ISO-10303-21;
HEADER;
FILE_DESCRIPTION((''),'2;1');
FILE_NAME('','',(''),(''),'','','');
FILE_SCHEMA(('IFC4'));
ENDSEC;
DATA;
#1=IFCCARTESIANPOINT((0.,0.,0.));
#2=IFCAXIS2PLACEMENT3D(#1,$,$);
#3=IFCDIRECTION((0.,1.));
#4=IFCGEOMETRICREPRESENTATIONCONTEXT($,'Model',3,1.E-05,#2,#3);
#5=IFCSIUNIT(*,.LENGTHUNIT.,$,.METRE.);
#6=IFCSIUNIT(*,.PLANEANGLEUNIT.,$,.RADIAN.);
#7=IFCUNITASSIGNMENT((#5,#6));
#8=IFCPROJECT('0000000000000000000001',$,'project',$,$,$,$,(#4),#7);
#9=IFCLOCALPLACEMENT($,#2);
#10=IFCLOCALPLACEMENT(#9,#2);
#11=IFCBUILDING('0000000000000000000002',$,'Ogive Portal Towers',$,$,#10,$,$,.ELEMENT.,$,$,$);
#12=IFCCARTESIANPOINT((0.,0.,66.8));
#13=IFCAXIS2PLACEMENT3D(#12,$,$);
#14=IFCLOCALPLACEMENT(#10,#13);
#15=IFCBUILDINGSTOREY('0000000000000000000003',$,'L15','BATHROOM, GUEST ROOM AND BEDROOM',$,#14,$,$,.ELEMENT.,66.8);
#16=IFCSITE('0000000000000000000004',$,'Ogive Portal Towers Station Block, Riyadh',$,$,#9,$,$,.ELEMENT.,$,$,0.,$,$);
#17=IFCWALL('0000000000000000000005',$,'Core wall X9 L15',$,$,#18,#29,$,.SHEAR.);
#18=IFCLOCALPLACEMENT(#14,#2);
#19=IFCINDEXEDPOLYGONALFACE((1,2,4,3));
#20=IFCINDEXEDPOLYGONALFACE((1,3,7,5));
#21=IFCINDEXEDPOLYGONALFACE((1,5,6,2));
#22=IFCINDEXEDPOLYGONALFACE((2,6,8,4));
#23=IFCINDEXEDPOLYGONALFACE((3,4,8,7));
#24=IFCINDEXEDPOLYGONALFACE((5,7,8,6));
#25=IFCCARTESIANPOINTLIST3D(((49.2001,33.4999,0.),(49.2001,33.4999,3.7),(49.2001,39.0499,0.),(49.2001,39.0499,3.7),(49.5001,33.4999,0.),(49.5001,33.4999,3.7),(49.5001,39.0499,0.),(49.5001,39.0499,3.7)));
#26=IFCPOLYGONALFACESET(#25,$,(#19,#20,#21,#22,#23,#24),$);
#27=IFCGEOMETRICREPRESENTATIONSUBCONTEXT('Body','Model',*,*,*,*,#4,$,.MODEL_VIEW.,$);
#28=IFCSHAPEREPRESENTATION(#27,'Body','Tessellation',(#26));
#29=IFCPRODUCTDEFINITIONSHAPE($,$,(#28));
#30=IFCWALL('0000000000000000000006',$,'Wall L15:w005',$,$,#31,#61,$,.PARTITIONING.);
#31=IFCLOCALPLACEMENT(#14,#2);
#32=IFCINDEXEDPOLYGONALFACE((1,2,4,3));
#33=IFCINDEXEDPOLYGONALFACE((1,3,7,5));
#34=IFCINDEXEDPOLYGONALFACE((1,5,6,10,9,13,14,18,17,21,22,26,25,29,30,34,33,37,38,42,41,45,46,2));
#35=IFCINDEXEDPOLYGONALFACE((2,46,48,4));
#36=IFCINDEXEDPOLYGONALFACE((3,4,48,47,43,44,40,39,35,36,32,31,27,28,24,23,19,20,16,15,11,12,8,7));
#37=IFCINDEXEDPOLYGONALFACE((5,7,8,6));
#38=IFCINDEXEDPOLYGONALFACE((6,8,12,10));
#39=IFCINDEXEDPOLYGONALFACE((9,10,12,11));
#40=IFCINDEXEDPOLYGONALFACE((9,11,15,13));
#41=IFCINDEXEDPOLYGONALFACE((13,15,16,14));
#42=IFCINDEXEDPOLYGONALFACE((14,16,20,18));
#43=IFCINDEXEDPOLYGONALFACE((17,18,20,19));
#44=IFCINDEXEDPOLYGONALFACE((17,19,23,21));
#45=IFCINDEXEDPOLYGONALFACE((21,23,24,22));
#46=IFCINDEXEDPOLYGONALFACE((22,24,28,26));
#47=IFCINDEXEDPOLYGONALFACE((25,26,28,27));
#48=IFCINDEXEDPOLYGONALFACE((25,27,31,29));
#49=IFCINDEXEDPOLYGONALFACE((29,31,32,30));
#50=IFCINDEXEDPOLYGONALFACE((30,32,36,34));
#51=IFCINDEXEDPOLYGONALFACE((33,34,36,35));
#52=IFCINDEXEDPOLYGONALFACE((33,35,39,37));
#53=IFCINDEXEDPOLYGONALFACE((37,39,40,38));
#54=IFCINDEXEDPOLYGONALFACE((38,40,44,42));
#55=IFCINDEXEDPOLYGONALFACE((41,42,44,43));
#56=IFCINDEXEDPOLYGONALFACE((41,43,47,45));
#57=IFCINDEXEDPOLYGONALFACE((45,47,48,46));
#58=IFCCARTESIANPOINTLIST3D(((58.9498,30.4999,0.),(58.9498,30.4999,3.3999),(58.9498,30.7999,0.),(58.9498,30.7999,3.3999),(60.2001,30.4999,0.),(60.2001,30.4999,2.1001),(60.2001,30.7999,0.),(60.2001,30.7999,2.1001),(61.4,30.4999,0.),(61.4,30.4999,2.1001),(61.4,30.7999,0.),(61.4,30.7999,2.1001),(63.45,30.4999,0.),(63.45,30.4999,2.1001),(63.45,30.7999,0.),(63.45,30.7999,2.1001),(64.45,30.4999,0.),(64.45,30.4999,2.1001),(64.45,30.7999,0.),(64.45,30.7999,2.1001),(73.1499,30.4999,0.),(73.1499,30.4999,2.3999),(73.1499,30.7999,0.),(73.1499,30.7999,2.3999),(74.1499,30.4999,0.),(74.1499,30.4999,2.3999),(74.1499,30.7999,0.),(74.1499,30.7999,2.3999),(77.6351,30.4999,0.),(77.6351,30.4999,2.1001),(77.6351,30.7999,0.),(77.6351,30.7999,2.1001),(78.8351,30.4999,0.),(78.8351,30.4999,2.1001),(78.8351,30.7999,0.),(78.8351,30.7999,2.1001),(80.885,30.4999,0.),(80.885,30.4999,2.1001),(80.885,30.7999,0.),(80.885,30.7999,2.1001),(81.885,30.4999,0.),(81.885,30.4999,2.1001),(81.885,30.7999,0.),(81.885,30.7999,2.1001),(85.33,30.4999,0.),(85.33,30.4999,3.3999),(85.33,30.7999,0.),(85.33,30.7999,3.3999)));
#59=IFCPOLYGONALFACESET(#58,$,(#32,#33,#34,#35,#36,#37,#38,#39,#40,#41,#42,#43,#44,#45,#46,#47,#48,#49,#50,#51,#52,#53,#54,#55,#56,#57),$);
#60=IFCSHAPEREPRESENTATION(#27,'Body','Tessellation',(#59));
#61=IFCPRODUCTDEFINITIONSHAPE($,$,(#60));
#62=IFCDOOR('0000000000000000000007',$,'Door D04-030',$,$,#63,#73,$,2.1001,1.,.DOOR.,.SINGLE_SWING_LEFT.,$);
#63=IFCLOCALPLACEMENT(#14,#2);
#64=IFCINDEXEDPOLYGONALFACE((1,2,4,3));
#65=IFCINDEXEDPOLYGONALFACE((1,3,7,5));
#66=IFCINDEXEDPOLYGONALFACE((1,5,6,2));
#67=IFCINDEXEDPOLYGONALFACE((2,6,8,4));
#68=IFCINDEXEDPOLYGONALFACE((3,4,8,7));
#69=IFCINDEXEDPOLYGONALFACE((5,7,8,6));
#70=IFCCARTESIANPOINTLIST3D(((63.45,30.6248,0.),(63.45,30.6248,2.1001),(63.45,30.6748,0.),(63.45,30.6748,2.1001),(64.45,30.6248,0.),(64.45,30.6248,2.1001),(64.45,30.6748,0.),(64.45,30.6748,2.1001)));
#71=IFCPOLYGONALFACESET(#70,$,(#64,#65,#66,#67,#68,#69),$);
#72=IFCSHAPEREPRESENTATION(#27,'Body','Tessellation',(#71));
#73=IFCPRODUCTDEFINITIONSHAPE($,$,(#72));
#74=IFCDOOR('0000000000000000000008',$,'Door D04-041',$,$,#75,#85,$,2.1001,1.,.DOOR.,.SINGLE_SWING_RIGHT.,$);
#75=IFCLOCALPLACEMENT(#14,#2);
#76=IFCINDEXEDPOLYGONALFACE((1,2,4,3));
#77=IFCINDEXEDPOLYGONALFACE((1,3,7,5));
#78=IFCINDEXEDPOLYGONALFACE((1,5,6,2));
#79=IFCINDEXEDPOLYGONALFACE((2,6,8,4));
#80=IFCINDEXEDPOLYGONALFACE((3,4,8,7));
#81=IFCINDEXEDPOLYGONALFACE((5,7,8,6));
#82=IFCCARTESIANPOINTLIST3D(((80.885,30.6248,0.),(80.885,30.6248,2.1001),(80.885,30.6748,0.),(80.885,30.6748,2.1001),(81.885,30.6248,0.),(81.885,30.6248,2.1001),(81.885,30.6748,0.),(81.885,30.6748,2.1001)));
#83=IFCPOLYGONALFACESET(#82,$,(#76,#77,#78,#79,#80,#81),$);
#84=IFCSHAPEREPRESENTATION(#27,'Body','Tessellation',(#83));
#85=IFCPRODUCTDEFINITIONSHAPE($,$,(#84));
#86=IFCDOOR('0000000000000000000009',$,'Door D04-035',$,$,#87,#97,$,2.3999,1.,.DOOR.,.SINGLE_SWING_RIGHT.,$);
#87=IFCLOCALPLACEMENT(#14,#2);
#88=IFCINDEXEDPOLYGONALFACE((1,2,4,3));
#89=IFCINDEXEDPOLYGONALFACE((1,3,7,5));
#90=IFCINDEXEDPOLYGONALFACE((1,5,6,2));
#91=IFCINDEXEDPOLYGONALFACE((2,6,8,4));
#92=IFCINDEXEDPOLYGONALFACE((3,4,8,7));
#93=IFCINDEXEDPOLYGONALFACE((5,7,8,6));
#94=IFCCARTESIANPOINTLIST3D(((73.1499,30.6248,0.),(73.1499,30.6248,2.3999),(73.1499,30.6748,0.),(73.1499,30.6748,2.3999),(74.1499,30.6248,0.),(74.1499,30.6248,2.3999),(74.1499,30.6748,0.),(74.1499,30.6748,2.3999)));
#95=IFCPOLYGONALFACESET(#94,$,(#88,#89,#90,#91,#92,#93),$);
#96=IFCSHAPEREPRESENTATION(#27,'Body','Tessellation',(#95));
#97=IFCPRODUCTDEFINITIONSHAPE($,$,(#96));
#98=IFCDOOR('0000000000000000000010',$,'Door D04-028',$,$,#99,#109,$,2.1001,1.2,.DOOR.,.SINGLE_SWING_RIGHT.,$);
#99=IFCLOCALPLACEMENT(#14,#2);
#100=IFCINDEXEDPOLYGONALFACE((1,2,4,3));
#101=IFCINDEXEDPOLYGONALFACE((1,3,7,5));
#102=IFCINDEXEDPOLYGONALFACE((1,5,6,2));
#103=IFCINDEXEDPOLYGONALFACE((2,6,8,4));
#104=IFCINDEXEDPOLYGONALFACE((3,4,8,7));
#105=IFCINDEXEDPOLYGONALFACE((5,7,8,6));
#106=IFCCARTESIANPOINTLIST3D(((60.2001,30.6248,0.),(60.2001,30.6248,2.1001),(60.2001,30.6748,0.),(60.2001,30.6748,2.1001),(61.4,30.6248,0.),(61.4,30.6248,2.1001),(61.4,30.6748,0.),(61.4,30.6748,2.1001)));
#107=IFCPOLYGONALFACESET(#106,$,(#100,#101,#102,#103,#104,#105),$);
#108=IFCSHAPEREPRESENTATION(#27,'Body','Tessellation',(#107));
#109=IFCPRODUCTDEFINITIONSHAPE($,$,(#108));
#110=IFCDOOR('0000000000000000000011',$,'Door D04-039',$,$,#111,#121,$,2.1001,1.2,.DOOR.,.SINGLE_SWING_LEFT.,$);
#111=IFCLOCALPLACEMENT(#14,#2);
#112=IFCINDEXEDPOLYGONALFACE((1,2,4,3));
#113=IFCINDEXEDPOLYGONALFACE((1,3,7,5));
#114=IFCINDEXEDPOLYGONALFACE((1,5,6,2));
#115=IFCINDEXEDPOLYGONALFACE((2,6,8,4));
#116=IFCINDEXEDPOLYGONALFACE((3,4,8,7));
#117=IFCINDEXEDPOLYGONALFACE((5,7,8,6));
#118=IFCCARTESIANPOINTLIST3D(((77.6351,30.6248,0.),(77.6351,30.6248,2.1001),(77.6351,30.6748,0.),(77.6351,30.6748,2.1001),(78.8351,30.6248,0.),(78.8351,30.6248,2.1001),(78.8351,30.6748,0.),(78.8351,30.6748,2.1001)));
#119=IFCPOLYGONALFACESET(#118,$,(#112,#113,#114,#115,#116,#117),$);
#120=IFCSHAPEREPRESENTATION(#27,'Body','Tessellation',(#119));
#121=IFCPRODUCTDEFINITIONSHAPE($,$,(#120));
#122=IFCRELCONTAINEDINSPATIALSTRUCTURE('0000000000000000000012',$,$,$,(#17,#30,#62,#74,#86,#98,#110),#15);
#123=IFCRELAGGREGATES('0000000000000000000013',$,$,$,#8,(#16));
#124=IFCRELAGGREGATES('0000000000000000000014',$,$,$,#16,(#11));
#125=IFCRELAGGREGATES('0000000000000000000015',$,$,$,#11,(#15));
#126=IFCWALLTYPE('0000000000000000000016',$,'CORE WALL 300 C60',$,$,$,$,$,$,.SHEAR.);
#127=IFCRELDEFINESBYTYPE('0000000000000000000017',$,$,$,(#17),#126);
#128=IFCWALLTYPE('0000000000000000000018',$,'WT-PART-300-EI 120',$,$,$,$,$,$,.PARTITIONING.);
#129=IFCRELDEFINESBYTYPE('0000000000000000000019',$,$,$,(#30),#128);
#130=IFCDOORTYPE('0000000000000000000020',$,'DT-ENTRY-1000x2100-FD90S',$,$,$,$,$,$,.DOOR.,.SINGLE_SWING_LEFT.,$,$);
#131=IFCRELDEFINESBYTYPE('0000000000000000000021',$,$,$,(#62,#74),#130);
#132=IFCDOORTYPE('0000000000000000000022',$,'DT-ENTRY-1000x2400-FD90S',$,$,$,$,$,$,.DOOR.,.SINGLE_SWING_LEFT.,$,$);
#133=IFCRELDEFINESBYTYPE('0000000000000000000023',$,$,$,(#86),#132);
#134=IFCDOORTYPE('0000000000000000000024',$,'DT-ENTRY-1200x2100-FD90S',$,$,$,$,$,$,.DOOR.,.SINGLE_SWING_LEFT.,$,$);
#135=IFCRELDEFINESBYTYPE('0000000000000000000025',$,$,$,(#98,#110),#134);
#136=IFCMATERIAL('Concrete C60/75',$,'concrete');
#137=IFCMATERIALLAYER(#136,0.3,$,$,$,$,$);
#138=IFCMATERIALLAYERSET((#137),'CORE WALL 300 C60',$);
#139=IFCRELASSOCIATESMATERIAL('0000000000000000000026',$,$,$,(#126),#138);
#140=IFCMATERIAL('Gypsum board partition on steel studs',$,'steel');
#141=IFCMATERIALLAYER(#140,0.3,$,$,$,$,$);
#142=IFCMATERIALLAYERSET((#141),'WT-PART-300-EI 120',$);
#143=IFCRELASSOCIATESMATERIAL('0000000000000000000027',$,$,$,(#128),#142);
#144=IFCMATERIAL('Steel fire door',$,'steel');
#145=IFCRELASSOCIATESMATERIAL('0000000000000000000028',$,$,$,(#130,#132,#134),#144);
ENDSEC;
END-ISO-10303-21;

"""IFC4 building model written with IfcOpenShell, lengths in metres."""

from ifc_helpers import new_model, si_unit, direction, frame, frame_2d, origin, place, context, subcontext, project, spatial, rectangle, extrude, material, layer, layer_set, type_object, element, fill, save


model = new_model("IFC4")

# Units and contexts
model_context = context("Model", 3, precision=1e-05, world=origin(), true_north=direction((0.0, 1.0)))
body_context = subcontext(model_context, "Body", "Model", "MODEL_VIEW")
ifc_project = project(units=[si_unit("LENGTHUNIT", "METRE"), si_unit("PLANEANGLEUNIT", "RADIAN")], contexts=[model_context])

# Site, building, storey
site_placement = place(None, origin())
site = spatial("IfcSite", under=ifc_project, at=site_placement, Name="Ogive Portal Towers Station Block, Riyadh", CompositionType="ELEMENT", RefElevation=0.0)
building_placement = place(site_placement, origin())
building = spatial("IfcBuilding", under=site, at=building_placement, Name="Ogive Portal Towers", CompositionType="ELEMENT")
storey_placement = place(building_placement, frame((0.0, 0.0, 66.8)))
storey = spatial("IfcBuildingStorey", under=building, at=storey_placement, Name="L15", Description="BATHROOM, GUEST ROOM AND BEDROOM", CompositionType="ELEMENT", Elevation=66.8)

# Wall
ifc_material_1 = material(Name="Concrete C60/75", Category="concrete")
ifc_layer_1 = layer(ifc_material_1, 0.3)
ifc_layer_set_1 = layer_set([ifc_layer_1], Name="CORE WALL 300 C60")
wall_type_1 = type_object("IfcWallType", Name="CORE WALL 300 C60", PredefinedType="SHEAR", material=ifc_layer_set_1)
wall_1_placement = place(storey_placement, frame((49.3501, 33.5, 0.0), z_axis=(0.0, 0.0, 1.0), x_axis=(0.0, 1.0, 0.0)))
element("IfcWall", 1, at=wall_1_placement, inside=storey, type_object=wall_type_1, Name="Core wall X9 L15", PredefinedType="SHEAR", context=body_context, shape_type="SweptSolid", body=[
    extrude(rectangle(XDim=5.55, YDim=0.3, at=frame_2d((2.7749, 0.0))), origin(), (0.0, 0.0, 1.0), 3.7),
])

# Wall, openings, doors
ifc_material_2 = material(Name="Gypsum board partition on steel studs", Category="steel")
ifc_layer_2 = layer(ifc_material_2, 0.3)
ifc_layer_set_2 = layer_set([ifc_layer_2], Name="WT-PART-300-EI 120")
wall_type_2 = type_object("IfcWallType", Name="WT-PART-300-EI 120", PredefinedType="PARTITIONING", material=ifc_layer_set_2)
wall_2_placement = place(storey_placement, frame((58.95, 30.6499, 0.0), z_axis=(0.0, 0.0, 1.0), x_axis=(1.0, 0.0, 0.0)))
wall_2 = element("IfcWall", 2, at=wall_2_placement, inside=storey, type_object=wall_type_2, Name="Wall L15:w005", PredefinedType="PARTITIONING", context=body_context, shape_type="SweptSolid", body=[
    extrude(rectangle(XDim=26.3801, YDim=0.3, at=frame_2d((13.1899, 0.0))), origin(), (0.0, 0.0, 1.0), 3.3999),
])
opening_1_placement = place(wall_2_placement, frame((1.25, 0.0, 0.0)))
opening_1 = element("IfcOpeningElement", 3, at=opening_1_placement, cuts=wall_2, PredefinedType="OPENING", context=body_context, shape_type="SweptSolid", body=[
    extrude(rectangle(XDim=1.2, YDim=2.1001, at=frame_2d((0.6001, 1.05))), frame((0.0, 0.1602, 0.0), z_axis=(0.0, -1.0, 0.0), x_axis=(1.0, 0.0, 0.0)), (0.0, 0.0, 1.0), 0.3201),
])
opening_2_placement = place(wall_2_placement, frame((4.5, 0.0, 0.0)))
opening_2 = element("IfcOpeningElement", 4, at=opening_2_placement, cuts=wall_2, PredefinedType="OPENING", context=body_context, shape_type="SweptSolid", body=[
    extrude(rectangle(XDim=1.0, YDim=2.1001, at=frame_2d((0.5, 1.05))), frame((0.0, 0.1602, 0.0), z_axis=(0.0, -1.0, 0.0), x_axis=(1.0, 0.0, 0.0)), (0.0, 0.0, 1.0), 0.3201),
])
opening_3_placement = place(wall_2_placement, frame((14.2, 0.0, 0.0)))
opening_3 = element("IfcOpeningElement", 5, at=opening_3_placement, cuts=wall_2, PredefinedType="OPENING", context=body_context, shape_type="SweptSolid", body=[
    extrude(rectangle(XDim=1.0, YDim=2.3999, at=frame_2d((0.5, 1.2))), frame((0.0, 0.1602, 0.0), z_axis=(0.0, -1.0, 0.0), x_axis=(1.0, 0.0, 0.0)), (0.0, 0.0, 1.0), 0.3201),
])
opening_4_placement = place(wall_2_placement, frame((18.6851, 0.0, 0.0)))
opening_4 = element("IfcOpeningElement", 6, at=opening_4_placement, cuts=wall_2, PredefinedType="OPENING", context=body_context, shape_type="SweptSolid", body=[
    extrude(rectangle(XDim=1.2, YDim=2.1001, at=frame_2d((0.6001, 1.05))), frame((0.0, 0.1602, 0.0), z_axis=(0.0, -1.0, 0.0), x_axis=(1.0, 0.0, 0.0)), (0.0, 0.0, 1.0), 0.3201),
])
opening_5_placement = place(wall_2_placement, frame((21.9351, 0.0, 0.0)))
opening_5 = element("IfcOpeningElement", 7, at=opening_5_placement, cuts=wall_2, PredefinedType="OPENING", context=body_context, shape_type="SweptSolid", body=[
    extrude(rectangle(XDim=1.0, YDim=2.1001, at=frame_2d((0.5, 1.05))), frame((0.0, 0.1602, 0.0), z_axis=(0.0, -1.0, 0.0), x_axis=(1.0, 0.0, 0.0)), (0.0, 0.0, 1.0), 0.3201),
])
ifc_material_3 = material(Name="Steel fire door", Category="steel")
door_type_1 = type_object("IfcDoorType", Name="DT-ENTRY-1000x2100-FD90S", OperationType="SINGLE_SWING_LEFT", PredefinedType="DOOR", material=ifc_material_3)
door_1_placement = place(opening_2_placement, origin())
door_1 = element("IfcDoor", 8, at=door_1_placement, inside=storey, type_object=door_type_1, Name="Door D04-030", OperationType="SINGLE_SWING_LEFT", OverallHeight=2.1001, OverallWidth=1.0, PredefinedType="DOOR", context=body_context, shape_type="SweptSolid", body=[
    extrude(rectangle(XDim=1.0, YDim=2.1001, at=frame_2d((0.5, 1.05))), frame((0.0, 0.0249, 0.0), z_axis=(0.0, -1.0, 0.0), x_axis=(1.0, 0.0, 0.0)), (0.0, 0.0, 1.0), 0.05),
])
fill(opening_2, door_1)
door_2_placement = place(opening_5_placement, origin())
door_2 = element("IfcDoor", 9, at=door_2_placement, inside=storey, type_object=door_type_1, Name="Door D04-041", OperationType="SINGLE_SWING_RIGHT", OverallHeight=2.1001, OverallWidth=1.0, PredefinedType="DOOR", context=body_context, shape_type="SweptSolid", body=[
    extrude(rectangle(XDim=1.0, YDim=2.1001, at=frame_2d((0.5, 1.05))), frame((0.0, 0.0249, 0.0), z_axis=(0.0, -1.0, 0.0), x_axis=(1.0, 0.0, 0.0)), (0.0, 0.0, 1.0), 0.05),
])
fill(opening_5, door_2)
door_type_2 = type_object("IfcDoorType", Name="DT-ENTRY-1000x2400-FD90S", OperationType="SINGLE_SWING_LEFT", PredefinedType="DOOR", material=ifc_material_3)
door_3_placement = place(opening_3_placement, origin())
door_3 = element("IfcDoor", 10, at=door_3_placement, inside=storey, type_object=door_type_2, Name="Door D04-035", OperationType="SINGLE_SWING_RIGHT", OverallHeight=2.3999, OverallWidth=1.0, PredefinedType="DOOR", context=body_context, shape_type="SweptSolid", body=[
    extrude(rectangle(XDim=1.0, YDim=2.3999, at=frame_2d((0.5, 1.2))), frame((0.0, 0.0249, 0.0), z_axis=(0.0, -1.0, 0.0), x_axis=(1.0, 0.0, 0.0)), (0.0, 0.0, 1.0), 0.05),
])
fill(opening_3, door_3)
door_type_3 = type_object("IfcDoorType", Name="DT-ENTRY-1200x2100-FD90S", OperationType="SINGLE_SWING_LEFT", PredefinedType="DOOR", material=ifc_material_3)
door_4_placement = place(opening_1_placement, origin())
door_4 = element("IfcDoor", 11, at=door_4_placement, inside=storey, type_object=door_type_3, Name="Door D04-028", OperationType="SINGLE_SWING_RIGHT", OverallHeight=2.1001, OverallWidth=1.2, PredefinedType="DOOR", context=body_context, shape_type="SweptSolid", body=[
    extrude(rectangle(XDim=1.2, YDim=2.1001, at=frame_2d((0.6001, 1.05))), frame((0.0, 0.0249, 0.0), z_axis=(0.0, -1.0, 0.0), x_axis=(1.0, 0.0, 0.0)), (0.0, 0.0, 1.0), 0.05),
])
fill(opening_1, door_4)
door_5_placement = place(opening_4_placement, origin())
door_5 = element("IfcDoor", 12, at=door_5_placement, inside=storey, type_object=door_type_3, Name="Door D04-039", OperationType="SINGLE_SWING_LEFT", OverallHeight=2.1001, OverallWidth=1.2, PredefinedType="DOOR", context=body_context, shape_type="SweptSolid", body=[
    extrude(rectangle(XDim=1.2, YDim=2.1001, at=frame_2d((0.6001, 1.05))), frame((0.0, 0.0249, 0.0), z_axis=(0.0, -1.0, 0.0), x_axis=(1.0, 0.0, 0.0)), (0.0, 0.0, 1.0), 0.05),
])
fill(opening_4, door_5)

save(model, "model.ifc")
